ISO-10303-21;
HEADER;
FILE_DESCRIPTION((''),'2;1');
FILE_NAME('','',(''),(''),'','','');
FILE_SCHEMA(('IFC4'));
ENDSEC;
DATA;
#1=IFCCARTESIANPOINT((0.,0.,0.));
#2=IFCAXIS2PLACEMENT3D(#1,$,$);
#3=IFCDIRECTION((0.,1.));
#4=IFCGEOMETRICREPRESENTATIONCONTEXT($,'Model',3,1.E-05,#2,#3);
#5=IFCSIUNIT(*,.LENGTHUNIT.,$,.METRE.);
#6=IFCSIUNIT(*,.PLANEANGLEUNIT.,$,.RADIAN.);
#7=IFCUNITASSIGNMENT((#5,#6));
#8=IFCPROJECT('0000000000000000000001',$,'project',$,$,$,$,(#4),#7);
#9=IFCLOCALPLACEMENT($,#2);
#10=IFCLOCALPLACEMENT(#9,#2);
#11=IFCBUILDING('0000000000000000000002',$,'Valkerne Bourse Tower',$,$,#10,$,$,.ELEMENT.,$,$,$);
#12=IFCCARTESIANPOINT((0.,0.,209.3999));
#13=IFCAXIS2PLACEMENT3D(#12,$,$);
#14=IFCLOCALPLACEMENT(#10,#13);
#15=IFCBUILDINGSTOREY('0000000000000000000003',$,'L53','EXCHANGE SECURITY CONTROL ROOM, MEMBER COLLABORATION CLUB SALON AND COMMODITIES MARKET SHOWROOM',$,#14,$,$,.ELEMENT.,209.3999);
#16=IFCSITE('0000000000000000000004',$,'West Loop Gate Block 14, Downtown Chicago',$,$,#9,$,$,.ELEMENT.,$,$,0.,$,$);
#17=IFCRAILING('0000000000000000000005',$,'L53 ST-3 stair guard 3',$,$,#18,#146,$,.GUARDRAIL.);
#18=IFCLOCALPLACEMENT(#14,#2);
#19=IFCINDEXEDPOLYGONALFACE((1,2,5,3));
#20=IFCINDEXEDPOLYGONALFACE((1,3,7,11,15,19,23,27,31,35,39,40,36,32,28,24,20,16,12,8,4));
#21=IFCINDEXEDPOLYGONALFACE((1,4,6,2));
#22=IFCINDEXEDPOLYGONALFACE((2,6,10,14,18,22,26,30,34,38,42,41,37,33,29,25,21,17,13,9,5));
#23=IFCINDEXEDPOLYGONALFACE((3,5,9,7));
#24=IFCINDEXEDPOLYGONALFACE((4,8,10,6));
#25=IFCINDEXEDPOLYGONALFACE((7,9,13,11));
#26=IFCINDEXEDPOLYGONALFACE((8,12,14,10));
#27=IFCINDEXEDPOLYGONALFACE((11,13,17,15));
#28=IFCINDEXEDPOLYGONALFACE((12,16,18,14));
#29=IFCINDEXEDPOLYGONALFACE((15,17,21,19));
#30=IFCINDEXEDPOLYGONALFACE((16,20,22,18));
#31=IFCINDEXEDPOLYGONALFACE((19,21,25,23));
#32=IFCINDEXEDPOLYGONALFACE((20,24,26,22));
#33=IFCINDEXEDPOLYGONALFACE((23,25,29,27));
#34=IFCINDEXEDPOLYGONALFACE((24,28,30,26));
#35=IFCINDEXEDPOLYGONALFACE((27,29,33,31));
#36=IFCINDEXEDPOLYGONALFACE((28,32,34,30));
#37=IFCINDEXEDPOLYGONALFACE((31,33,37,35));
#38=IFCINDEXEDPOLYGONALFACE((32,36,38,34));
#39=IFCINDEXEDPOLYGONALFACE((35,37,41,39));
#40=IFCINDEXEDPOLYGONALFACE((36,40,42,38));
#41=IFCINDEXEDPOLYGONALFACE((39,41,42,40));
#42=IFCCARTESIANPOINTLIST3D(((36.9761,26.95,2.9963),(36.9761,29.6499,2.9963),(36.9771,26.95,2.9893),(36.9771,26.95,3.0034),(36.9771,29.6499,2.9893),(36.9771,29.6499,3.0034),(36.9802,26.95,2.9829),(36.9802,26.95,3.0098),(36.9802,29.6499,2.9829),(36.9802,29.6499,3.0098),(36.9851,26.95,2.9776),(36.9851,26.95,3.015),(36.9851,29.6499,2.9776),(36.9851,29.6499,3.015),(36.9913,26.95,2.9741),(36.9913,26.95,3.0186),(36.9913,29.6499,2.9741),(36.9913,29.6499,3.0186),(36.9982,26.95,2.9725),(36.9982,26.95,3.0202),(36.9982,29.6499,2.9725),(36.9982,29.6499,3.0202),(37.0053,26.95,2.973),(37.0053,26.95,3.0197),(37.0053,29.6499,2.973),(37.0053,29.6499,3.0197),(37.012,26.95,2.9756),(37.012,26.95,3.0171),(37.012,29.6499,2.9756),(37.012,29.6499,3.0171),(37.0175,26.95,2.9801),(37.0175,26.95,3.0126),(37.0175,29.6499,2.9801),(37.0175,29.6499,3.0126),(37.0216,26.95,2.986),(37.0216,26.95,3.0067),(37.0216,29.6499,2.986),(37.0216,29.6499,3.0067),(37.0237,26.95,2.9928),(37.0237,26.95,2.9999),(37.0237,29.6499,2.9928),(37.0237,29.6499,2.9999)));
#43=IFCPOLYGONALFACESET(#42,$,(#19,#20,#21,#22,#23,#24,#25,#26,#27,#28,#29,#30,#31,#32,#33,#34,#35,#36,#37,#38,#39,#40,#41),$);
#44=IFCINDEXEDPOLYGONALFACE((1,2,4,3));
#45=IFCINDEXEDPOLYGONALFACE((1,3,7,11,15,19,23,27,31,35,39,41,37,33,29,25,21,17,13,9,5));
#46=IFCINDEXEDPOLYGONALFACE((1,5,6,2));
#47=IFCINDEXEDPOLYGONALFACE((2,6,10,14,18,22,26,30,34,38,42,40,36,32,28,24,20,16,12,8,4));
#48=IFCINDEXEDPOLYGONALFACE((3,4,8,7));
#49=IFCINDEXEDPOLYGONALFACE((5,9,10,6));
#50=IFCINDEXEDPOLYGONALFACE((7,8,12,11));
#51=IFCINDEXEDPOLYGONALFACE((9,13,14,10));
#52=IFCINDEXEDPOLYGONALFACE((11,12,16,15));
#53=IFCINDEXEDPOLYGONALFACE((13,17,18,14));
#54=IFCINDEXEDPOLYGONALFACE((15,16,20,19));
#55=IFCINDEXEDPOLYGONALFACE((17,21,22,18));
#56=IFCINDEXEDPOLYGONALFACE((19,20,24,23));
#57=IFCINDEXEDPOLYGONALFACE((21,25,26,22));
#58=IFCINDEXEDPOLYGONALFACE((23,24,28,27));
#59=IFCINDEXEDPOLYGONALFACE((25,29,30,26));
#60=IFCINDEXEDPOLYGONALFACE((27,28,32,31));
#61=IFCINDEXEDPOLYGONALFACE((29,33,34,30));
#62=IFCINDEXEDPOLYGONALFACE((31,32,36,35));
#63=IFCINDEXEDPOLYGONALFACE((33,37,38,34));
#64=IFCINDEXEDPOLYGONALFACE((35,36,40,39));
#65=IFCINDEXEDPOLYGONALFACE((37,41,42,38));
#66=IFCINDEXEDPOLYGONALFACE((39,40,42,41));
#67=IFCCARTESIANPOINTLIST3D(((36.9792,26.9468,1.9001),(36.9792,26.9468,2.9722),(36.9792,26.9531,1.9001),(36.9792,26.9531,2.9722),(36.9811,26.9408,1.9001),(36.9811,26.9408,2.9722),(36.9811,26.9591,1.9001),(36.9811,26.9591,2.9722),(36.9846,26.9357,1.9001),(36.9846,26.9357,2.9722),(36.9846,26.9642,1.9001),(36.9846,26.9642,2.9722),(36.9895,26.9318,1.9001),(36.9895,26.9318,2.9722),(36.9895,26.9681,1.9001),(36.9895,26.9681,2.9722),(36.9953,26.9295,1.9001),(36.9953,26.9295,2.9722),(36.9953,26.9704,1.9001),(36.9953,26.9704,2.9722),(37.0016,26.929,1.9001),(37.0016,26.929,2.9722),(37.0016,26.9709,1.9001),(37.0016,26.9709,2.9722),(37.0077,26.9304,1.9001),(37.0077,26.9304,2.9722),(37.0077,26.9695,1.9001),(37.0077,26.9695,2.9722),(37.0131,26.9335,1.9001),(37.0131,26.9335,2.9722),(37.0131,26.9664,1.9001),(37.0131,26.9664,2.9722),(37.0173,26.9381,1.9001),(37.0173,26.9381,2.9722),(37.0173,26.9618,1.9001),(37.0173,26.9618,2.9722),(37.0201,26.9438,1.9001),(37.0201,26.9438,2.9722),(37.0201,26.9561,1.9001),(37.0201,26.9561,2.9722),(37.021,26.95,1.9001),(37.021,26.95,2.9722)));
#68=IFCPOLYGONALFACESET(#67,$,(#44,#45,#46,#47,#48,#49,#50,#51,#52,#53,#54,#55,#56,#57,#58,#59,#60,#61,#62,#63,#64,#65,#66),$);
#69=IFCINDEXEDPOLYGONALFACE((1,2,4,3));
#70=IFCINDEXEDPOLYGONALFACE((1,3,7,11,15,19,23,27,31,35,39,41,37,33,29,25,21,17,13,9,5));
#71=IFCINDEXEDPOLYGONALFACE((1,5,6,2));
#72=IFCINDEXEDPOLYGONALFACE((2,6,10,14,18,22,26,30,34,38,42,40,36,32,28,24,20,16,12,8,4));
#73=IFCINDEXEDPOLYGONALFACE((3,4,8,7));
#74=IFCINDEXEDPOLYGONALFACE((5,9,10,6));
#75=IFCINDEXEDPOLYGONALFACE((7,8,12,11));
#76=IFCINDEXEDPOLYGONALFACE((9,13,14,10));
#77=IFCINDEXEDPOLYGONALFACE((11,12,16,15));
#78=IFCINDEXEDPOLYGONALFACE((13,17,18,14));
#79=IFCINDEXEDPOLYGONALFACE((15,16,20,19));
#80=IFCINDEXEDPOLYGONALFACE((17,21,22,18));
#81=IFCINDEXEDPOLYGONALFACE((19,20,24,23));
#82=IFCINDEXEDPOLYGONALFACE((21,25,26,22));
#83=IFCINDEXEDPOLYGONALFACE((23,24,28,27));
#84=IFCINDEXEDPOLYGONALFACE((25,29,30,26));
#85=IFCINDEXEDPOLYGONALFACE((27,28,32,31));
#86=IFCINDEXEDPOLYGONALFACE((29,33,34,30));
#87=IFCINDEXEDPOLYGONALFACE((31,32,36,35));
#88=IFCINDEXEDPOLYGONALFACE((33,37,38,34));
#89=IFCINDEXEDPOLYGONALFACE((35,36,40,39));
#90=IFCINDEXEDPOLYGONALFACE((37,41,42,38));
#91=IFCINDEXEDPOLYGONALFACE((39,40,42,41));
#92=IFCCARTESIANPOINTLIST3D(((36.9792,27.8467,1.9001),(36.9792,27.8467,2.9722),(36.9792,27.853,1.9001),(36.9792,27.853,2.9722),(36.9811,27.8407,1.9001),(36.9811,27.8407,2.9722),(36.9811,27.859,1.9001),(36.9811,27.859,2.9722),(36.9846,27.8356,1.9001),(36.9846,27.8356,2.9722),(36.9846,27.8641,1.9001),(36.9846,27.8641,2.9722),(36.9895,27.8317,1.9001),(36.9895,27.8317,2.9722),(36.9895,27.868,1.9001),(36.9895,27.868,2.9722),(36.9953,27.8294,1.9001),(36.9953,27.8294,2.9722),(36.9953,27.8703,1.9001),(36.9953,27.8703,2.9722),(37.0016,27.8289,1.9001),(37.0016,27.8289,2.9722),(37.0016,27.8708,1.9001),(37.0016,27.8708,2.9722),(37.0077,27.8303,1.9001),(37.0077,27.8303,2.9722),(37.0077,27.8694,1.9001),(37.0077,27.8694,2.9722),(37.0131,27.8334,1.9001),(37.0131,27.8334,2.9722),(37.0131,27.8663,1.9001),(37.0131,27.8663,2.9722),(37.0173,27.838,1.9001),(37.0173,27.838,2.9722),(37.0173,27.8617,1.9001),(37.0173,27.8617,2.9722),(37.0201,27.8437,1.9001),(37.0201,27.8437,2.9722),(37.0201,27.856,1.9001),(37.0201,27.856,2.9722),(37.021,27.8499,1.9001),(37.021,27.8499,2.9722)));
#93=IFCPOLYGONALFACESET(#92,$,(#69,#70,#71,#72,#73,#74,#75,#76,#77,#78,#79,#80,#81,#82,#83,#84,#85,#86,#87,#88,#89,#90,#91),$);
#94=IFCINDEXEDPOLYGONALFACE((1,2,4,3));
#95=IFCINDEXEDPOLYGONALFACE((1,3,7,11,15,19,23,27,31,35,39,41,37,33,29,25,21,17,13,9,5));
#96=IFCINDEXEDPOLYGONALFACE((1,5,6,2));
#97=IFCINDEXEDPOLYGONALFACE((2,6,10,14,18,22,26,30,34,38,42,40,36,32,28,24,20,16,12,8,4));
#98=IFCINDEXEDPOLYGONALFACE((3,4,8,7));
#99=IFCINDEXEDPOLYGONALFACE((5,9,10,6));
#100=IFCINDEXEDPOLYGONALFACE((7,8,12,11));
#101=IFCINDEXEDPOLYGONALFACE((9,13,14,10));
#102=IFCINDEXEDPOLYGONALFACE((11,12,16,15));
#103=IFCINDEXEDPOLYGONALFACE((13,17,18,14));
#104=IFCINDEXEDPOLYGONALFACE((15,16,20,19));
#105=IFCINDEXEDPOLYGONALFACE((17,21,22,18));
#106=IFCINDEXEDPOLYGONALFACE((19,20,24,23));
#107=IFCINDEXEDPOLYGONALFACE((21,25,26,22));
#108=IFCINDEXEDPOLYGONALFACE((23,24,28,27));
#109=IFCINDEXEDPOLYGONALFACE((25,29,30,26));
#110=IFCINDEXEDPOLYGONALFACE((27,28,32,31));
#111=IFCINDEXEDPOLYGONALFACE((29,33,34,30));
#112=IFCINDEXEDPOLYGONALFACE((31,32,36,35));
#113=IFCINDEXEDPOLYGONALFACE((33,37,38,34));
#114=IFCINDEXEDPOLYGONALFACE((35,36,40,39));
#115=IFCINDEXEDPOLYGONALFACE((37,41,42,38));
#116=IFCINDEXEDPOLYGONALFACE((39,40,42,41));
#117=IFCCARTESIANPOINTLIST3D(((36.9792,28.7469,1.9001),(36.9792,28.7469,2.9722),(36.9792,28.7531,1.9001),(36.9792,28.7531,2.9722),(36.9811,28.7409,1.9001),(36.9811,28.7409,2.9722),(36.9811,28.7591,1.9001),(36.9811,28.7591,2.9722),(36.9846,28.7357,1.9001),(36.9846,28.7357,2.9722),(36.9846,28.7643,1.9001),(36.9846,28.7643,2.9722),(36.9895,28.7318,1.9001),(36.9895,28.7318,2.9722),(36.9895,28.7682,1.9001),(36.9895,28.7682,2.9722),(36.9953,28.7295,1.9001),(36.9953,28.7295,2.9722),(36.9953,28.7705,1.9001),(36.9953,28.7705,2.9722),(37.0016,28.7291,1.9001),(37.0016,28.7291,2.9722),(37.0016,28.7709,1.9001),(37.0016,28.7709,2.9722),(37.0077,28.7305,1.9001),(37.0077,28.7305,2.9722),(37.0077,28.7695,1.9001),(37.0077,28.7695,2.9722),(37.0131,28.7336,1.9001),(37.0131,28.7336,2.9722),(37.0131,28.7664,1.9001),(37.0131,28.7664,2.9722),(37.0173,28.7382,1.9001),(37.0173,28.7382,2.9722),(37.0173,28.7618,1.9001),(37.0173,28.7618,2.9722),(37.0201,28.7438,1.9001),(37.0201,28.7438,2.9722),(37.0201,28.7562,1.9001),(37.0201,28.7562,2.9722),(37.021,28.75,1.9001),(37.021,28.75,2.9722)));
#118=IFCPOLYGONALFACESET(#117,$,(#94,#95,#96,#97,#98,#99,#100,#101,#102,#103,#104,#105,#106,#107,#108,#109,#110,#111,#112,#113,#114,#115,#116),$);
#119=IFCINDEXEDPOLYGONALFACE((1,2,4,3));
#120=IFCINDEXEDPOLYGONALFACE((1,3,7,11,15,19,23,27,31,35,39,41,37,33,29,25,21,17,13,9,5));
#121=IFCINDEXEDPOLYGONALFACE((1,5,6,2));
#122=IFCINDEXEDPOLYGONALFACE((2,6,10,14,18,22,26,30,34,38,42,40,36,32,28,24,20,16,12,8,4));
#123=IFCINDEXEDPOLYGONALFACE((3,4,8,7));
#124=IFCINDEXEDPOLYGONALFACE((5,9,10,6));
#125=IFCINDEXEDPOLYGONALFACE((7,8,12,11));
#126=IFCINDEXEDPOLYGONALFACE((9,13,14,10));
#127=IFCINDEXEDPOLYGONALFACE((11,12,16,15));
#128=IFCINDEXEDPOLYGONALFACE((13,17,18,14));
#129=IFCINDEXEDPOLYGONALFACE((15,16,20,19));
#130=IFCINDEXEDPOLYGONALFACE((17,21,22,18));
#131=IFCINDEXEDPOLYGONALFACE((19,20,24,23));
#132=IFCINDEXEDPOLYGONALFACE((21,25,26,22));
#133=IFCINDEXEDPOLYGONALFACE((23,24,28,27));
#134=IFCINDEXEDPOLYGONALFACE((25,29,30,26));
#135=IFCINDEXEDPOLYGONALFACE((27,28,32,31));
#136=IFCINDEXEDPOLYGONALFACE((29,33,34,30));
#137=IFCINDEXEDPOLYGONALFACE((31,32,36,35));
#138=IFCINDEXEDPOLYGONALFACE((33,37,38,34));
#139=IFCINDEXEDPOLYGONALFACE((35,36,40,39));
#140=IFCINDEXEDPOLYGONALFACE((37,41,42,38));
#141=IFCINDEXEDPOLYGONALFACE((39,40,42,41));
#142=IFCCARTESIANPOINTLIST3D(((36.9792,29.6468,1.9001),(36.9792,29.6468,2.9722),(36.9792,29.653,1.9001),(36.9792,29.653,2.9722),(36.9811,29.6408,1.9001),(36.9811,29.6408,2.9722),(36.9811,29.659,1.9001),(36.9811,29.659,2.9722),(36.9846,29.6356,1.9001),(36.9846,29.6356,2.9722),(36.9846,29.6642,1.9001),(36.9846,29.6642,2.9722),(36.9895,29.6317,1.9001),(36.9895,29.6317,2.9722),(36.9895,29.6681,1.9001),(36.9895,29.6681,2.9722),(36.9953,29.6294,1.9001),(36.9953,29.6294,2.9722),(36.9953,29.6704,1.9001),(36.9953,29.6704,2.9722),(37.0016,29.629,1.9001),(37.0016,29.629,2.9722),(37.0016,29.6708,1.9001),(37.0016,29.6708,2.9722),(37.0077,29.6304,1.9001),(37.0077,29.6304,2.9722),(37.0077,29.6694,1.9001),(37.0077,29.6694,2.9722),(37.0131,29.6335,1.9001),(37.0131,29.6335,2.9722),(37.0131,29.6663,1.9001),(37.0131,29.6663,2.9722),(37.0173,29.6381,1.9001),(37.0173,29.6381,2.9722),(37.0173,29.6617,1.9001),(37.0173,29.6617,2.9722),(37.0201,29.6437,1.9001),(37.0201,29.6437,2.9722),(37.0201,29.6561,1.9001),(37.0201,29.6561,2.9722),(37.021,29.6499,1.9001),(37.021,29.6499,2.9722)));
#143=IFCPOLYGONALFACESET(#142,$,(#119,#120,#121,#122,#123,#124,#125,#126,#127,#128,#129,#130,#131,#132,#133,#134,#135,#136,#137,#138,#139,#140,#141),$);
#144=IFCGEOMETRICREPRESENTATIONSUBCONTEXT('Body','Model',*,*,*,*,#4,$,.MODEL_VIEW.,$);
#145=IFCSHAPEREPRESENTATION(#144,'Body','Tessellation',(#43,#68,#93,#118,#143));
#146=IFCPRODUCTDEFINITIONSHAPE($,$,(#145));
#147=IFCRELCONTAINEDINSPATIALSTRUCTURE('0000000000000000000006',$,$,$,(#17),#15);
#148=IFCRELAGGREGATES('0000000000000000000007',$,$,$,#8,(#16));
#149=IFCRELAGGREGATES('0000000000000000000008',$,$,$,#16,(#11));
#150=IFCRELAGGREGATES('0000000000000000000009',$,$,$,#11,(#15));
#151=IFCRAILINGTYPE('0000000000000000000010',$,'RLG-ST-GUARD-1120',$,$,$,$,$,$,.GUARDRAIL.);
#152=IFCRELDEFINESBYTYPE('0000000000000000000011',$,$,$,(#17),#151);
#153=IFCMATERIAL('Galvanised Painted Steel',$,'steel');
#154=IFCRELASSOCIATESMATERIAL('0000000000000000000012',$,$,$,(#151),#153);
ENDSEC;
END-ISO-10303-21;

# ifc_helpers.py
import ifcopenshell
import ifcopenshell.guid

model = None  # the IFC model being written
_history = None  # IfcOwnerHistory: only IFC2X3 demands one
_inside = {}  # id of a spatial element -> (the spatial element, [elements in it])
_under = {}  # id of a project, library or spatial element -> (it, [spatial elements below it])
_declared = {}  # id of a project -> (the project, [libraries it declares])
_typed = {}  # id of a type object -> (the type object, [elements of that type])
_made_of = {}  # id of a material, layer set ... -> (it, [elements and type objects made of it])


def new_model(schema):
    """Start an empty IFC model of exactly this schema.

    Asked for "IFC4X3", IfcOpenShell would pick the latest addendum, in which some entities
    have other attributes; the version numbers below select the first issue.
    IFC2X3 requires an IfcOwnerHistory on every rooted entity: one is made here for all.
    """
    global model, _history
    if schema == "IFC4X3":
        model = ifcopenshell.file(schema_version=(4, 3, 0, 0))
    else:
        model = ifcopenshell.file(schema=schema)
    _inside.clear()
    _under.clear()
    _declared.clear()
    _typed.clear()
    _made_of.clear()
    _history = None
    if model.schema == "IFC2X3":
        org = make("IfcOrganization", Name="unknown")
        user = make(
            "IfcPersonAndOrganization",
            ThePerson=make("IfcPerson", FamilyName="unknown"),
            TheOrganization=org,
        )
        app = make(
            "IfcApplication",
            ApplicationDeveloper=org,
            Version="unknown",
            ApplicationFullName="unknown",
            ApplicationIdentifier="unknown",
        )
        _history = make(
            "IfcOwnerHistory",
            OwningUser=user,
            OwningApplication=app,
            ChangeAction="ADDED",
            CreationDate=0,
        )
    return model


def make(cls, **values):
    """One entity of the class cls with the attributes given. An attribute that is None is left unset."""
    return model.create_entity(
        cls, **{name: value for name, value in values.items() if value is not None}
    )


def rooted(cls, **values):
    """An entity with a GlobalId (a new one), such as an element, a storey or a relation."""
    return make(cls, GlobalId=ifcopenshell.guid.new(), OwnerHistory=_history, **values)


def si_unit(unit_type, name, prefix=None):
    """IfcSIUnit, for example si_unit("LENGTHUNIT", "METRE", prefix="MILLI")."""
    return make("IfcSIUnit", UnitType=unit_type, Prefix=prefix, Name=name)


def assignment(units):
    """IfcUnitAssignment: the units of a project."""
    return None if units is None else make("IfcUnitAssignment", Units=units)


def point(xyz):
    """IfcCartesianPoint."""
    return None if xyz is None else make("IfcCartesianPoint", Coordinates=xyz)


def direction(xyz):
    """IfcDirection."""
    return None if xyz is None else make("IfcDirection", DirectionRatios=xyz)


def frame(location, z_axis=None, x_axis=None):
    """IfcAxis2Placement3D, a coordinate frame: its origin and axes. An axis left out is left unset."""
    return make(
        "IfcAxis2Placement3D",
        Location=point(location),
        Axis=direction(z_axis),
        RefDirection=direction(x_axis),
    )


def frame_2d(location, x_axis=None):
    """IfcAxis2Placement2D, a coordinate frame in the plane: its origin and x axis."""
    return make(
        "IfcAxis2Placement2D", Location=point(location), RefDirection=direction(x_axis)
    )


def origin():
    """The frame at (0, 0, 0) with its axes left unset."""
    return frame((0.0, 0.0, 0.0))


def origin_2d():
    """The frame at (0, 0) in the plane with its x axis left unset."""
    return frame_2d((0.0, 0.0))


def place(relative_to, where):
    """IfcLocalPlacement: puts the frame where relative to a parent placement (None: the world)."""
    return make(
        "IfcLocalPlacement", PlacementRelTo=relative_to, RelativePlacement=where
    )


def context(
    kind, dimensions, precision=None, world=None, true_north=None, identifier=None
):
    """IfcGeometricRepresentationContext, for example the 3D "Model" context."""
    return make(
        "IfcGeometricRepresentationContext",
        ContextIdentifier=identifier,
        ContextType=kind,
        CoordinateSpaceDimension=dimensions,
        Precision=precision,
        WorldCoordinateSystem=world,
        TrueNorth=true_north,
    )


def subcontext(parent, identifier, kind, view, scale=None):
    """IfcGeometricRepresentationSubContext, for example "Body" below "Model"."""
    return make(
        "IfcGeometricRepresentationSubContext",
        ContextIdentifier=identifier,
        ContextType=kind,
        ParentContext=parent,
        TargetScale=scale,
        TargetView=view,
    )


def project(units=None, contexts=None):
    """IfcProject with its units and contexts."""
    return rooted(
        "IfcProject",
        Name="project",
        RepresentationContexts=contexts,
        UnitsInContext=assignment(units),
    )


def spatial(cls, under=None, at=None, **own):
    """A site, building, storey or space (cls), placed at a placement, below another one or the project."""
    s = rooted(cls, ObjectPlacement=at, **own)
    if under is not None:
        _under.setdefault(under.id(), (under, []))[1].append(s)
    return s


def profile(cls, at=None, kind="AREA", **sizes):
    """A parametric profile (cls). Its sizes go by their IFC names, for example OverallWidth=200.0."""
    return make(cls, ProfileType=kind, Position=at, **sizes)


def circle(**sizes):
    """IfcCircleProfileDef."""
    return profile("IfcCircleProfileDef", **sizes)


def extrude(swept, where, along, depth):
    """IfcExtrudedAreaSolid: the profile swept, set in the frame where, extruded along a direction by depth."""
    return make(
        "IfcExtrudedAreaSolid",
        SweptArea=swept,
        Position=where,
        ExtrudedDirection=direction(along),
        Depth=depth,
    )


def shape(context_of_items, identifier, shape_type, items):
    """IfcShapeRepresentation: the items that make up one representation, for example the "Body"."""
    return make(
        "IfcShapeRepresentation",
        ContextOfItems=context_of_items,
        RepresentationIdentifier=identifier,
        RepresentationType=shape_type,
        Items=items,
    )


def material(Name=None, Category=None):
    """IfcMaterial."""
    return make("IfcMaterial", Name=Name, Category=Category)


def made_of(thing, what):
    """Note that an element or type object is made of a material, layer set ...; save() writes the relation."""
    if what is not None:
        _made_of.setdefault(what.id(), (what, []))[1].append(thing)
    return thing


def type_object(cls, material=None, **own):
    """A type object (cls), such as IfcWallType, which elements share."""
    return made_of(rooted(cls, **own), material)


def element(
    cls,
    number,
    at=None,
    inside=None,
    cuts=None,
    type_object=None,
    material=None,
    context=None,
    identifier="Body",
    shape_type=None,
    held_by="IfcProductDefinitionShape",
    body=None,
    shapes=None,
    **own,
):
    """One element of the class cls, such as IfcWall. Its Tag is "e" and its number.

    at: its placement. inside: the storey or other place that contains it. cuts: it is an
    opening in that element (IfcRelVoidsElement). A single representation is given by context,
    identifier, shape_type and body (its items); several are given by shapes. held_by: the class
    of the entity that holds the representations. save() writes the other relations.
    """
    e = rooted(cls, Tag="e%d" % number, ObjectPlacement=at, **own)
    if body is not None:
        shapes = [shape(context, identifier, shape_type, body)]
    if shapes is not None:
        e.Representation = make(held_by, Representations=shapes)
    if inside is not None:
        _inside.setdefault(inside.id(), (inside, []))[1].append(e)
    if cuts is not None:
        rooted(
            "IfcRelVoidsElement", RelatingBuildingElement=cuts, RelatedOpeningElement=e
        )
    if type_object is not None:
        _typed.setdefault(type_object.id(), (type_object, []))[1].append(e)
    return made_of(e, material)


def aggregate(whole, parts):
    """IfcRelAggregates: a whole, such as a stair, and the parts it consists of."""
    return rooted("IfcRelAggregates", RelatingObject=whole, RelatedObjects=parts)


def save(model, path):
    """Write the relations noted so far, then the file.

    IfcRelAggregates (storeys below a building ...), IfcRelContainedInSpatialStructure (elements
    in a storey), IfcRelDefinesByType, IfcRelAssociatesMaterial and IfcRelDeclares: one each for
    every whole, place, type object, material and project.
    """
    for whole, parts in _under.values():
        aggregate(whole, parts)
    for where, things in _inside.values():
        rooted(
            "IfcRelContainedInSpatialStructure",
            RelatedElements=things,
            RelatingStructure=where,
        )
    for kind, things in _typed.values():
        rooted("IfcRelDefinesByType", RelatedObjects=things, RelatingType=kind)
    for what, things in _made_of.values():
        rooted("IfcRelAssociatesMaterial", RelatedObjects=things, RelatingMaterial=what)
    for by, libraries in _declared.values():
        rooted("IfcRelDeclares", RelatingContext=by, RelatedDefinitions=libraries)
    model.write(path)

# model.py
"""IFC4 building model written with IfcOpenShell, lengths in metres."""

from ifc_helpers import new_model, si_unit, direction, frame, origin, origin_2d, place, context, subcontext, project, spatial, circle, extrude, material, type_object, element, save


model = new_model("IFC4")

# Units and contexts
model_context = context("Model", 3, precision=1e-05, world=origin(), true_north=direction((0.0, 1.0)))
body_context = subcontext(model_context, "Body", "Model", "MODEL_VIEW")
ifc_project = project(units=[si_unit("LENGTHUNIT", "METRE"), si_unit("PLANEANGLEUNIT", "RADIAN")], contexts=[model_context])

# Site, building, storey
site_placement = place(None, origin())
site = spatial("IfcSite", under=ifc_project, at=site_placement, Name="West Loop Gate Block 14, Downtown Chicago", CompositionType="ELEMENT", RefElevation=0.0)
building_placement = place(site_placement, origin())
building = spatial("IfcBuilding", under=site, at=building_placement, Name="Valkerne Bourse Tower", CompositionType="ELEMENT")
storey_placement = place(building_placement, frame((0.0, 0.0, 209.3999)))
storey = spatial("IfcBuildingStorey", under=building, at=storey_placement, Name="L53", Description="EXCHANGE SECURITY CONTROL ROOM, MEMBER COLLABORATION CLUB SALON AND COMMODITIES MARKET SHOWROOM", CompositionType="ELEMENT", Elevation=209.3999)

# Railing
ifc_material_1 = material(Name="Galvanised Painted Steel", Category="steel")
railing_type_1 = type_object("IfcRailingType", Name="RLG-ST-GUARD-1120", PredefinedType="GUARDRAIL", material=ifc_material_1)
railing_1_placement = place(storey_placement, frame((37.0, 26.95, 1.9001)))
element("IfcRailing", 1, at=railing_1_placement, inside=storey, type_object=railing_type_1, Name="L53 ST-3 stair guard 3", PredefinedType="GUARDRAIL", context=body_context, shape_type="SweptSolid", body=[
    extrude(circle(Radius=0.0239, at=origin_2d()), frame((0.0, 0.0, 1.0962), z_axis=(0.0, 1.0, 0.0), x_axis=(-1.0, 0.0, 0.0)), (0.0, 0.0, 1.0), 2.7),
    extrude(circle(Radius=0.021, at=origin_2d()), origin(), (0.0, 0.0, 1.0), 1.072),
    extrude(circle(Radius=0.021, at=origin_2d()), frame((0.0, 0.8999, 0.0)), (0.0, 0.0, 1.0), 1.072),
    extrude(circle(Radius=0.021, at=origin_2d()), frame((0.0, 1.8, 0.0)), (0.0, 0.0, 1.0), 1.072),
    extrude(circle(Radius=0.021, at=origin_2d()), frame((0.0, 2.7, 0.0)), (0.0, 0.0, 1.0), 1.072),
])

save(model, "model.ifc")
